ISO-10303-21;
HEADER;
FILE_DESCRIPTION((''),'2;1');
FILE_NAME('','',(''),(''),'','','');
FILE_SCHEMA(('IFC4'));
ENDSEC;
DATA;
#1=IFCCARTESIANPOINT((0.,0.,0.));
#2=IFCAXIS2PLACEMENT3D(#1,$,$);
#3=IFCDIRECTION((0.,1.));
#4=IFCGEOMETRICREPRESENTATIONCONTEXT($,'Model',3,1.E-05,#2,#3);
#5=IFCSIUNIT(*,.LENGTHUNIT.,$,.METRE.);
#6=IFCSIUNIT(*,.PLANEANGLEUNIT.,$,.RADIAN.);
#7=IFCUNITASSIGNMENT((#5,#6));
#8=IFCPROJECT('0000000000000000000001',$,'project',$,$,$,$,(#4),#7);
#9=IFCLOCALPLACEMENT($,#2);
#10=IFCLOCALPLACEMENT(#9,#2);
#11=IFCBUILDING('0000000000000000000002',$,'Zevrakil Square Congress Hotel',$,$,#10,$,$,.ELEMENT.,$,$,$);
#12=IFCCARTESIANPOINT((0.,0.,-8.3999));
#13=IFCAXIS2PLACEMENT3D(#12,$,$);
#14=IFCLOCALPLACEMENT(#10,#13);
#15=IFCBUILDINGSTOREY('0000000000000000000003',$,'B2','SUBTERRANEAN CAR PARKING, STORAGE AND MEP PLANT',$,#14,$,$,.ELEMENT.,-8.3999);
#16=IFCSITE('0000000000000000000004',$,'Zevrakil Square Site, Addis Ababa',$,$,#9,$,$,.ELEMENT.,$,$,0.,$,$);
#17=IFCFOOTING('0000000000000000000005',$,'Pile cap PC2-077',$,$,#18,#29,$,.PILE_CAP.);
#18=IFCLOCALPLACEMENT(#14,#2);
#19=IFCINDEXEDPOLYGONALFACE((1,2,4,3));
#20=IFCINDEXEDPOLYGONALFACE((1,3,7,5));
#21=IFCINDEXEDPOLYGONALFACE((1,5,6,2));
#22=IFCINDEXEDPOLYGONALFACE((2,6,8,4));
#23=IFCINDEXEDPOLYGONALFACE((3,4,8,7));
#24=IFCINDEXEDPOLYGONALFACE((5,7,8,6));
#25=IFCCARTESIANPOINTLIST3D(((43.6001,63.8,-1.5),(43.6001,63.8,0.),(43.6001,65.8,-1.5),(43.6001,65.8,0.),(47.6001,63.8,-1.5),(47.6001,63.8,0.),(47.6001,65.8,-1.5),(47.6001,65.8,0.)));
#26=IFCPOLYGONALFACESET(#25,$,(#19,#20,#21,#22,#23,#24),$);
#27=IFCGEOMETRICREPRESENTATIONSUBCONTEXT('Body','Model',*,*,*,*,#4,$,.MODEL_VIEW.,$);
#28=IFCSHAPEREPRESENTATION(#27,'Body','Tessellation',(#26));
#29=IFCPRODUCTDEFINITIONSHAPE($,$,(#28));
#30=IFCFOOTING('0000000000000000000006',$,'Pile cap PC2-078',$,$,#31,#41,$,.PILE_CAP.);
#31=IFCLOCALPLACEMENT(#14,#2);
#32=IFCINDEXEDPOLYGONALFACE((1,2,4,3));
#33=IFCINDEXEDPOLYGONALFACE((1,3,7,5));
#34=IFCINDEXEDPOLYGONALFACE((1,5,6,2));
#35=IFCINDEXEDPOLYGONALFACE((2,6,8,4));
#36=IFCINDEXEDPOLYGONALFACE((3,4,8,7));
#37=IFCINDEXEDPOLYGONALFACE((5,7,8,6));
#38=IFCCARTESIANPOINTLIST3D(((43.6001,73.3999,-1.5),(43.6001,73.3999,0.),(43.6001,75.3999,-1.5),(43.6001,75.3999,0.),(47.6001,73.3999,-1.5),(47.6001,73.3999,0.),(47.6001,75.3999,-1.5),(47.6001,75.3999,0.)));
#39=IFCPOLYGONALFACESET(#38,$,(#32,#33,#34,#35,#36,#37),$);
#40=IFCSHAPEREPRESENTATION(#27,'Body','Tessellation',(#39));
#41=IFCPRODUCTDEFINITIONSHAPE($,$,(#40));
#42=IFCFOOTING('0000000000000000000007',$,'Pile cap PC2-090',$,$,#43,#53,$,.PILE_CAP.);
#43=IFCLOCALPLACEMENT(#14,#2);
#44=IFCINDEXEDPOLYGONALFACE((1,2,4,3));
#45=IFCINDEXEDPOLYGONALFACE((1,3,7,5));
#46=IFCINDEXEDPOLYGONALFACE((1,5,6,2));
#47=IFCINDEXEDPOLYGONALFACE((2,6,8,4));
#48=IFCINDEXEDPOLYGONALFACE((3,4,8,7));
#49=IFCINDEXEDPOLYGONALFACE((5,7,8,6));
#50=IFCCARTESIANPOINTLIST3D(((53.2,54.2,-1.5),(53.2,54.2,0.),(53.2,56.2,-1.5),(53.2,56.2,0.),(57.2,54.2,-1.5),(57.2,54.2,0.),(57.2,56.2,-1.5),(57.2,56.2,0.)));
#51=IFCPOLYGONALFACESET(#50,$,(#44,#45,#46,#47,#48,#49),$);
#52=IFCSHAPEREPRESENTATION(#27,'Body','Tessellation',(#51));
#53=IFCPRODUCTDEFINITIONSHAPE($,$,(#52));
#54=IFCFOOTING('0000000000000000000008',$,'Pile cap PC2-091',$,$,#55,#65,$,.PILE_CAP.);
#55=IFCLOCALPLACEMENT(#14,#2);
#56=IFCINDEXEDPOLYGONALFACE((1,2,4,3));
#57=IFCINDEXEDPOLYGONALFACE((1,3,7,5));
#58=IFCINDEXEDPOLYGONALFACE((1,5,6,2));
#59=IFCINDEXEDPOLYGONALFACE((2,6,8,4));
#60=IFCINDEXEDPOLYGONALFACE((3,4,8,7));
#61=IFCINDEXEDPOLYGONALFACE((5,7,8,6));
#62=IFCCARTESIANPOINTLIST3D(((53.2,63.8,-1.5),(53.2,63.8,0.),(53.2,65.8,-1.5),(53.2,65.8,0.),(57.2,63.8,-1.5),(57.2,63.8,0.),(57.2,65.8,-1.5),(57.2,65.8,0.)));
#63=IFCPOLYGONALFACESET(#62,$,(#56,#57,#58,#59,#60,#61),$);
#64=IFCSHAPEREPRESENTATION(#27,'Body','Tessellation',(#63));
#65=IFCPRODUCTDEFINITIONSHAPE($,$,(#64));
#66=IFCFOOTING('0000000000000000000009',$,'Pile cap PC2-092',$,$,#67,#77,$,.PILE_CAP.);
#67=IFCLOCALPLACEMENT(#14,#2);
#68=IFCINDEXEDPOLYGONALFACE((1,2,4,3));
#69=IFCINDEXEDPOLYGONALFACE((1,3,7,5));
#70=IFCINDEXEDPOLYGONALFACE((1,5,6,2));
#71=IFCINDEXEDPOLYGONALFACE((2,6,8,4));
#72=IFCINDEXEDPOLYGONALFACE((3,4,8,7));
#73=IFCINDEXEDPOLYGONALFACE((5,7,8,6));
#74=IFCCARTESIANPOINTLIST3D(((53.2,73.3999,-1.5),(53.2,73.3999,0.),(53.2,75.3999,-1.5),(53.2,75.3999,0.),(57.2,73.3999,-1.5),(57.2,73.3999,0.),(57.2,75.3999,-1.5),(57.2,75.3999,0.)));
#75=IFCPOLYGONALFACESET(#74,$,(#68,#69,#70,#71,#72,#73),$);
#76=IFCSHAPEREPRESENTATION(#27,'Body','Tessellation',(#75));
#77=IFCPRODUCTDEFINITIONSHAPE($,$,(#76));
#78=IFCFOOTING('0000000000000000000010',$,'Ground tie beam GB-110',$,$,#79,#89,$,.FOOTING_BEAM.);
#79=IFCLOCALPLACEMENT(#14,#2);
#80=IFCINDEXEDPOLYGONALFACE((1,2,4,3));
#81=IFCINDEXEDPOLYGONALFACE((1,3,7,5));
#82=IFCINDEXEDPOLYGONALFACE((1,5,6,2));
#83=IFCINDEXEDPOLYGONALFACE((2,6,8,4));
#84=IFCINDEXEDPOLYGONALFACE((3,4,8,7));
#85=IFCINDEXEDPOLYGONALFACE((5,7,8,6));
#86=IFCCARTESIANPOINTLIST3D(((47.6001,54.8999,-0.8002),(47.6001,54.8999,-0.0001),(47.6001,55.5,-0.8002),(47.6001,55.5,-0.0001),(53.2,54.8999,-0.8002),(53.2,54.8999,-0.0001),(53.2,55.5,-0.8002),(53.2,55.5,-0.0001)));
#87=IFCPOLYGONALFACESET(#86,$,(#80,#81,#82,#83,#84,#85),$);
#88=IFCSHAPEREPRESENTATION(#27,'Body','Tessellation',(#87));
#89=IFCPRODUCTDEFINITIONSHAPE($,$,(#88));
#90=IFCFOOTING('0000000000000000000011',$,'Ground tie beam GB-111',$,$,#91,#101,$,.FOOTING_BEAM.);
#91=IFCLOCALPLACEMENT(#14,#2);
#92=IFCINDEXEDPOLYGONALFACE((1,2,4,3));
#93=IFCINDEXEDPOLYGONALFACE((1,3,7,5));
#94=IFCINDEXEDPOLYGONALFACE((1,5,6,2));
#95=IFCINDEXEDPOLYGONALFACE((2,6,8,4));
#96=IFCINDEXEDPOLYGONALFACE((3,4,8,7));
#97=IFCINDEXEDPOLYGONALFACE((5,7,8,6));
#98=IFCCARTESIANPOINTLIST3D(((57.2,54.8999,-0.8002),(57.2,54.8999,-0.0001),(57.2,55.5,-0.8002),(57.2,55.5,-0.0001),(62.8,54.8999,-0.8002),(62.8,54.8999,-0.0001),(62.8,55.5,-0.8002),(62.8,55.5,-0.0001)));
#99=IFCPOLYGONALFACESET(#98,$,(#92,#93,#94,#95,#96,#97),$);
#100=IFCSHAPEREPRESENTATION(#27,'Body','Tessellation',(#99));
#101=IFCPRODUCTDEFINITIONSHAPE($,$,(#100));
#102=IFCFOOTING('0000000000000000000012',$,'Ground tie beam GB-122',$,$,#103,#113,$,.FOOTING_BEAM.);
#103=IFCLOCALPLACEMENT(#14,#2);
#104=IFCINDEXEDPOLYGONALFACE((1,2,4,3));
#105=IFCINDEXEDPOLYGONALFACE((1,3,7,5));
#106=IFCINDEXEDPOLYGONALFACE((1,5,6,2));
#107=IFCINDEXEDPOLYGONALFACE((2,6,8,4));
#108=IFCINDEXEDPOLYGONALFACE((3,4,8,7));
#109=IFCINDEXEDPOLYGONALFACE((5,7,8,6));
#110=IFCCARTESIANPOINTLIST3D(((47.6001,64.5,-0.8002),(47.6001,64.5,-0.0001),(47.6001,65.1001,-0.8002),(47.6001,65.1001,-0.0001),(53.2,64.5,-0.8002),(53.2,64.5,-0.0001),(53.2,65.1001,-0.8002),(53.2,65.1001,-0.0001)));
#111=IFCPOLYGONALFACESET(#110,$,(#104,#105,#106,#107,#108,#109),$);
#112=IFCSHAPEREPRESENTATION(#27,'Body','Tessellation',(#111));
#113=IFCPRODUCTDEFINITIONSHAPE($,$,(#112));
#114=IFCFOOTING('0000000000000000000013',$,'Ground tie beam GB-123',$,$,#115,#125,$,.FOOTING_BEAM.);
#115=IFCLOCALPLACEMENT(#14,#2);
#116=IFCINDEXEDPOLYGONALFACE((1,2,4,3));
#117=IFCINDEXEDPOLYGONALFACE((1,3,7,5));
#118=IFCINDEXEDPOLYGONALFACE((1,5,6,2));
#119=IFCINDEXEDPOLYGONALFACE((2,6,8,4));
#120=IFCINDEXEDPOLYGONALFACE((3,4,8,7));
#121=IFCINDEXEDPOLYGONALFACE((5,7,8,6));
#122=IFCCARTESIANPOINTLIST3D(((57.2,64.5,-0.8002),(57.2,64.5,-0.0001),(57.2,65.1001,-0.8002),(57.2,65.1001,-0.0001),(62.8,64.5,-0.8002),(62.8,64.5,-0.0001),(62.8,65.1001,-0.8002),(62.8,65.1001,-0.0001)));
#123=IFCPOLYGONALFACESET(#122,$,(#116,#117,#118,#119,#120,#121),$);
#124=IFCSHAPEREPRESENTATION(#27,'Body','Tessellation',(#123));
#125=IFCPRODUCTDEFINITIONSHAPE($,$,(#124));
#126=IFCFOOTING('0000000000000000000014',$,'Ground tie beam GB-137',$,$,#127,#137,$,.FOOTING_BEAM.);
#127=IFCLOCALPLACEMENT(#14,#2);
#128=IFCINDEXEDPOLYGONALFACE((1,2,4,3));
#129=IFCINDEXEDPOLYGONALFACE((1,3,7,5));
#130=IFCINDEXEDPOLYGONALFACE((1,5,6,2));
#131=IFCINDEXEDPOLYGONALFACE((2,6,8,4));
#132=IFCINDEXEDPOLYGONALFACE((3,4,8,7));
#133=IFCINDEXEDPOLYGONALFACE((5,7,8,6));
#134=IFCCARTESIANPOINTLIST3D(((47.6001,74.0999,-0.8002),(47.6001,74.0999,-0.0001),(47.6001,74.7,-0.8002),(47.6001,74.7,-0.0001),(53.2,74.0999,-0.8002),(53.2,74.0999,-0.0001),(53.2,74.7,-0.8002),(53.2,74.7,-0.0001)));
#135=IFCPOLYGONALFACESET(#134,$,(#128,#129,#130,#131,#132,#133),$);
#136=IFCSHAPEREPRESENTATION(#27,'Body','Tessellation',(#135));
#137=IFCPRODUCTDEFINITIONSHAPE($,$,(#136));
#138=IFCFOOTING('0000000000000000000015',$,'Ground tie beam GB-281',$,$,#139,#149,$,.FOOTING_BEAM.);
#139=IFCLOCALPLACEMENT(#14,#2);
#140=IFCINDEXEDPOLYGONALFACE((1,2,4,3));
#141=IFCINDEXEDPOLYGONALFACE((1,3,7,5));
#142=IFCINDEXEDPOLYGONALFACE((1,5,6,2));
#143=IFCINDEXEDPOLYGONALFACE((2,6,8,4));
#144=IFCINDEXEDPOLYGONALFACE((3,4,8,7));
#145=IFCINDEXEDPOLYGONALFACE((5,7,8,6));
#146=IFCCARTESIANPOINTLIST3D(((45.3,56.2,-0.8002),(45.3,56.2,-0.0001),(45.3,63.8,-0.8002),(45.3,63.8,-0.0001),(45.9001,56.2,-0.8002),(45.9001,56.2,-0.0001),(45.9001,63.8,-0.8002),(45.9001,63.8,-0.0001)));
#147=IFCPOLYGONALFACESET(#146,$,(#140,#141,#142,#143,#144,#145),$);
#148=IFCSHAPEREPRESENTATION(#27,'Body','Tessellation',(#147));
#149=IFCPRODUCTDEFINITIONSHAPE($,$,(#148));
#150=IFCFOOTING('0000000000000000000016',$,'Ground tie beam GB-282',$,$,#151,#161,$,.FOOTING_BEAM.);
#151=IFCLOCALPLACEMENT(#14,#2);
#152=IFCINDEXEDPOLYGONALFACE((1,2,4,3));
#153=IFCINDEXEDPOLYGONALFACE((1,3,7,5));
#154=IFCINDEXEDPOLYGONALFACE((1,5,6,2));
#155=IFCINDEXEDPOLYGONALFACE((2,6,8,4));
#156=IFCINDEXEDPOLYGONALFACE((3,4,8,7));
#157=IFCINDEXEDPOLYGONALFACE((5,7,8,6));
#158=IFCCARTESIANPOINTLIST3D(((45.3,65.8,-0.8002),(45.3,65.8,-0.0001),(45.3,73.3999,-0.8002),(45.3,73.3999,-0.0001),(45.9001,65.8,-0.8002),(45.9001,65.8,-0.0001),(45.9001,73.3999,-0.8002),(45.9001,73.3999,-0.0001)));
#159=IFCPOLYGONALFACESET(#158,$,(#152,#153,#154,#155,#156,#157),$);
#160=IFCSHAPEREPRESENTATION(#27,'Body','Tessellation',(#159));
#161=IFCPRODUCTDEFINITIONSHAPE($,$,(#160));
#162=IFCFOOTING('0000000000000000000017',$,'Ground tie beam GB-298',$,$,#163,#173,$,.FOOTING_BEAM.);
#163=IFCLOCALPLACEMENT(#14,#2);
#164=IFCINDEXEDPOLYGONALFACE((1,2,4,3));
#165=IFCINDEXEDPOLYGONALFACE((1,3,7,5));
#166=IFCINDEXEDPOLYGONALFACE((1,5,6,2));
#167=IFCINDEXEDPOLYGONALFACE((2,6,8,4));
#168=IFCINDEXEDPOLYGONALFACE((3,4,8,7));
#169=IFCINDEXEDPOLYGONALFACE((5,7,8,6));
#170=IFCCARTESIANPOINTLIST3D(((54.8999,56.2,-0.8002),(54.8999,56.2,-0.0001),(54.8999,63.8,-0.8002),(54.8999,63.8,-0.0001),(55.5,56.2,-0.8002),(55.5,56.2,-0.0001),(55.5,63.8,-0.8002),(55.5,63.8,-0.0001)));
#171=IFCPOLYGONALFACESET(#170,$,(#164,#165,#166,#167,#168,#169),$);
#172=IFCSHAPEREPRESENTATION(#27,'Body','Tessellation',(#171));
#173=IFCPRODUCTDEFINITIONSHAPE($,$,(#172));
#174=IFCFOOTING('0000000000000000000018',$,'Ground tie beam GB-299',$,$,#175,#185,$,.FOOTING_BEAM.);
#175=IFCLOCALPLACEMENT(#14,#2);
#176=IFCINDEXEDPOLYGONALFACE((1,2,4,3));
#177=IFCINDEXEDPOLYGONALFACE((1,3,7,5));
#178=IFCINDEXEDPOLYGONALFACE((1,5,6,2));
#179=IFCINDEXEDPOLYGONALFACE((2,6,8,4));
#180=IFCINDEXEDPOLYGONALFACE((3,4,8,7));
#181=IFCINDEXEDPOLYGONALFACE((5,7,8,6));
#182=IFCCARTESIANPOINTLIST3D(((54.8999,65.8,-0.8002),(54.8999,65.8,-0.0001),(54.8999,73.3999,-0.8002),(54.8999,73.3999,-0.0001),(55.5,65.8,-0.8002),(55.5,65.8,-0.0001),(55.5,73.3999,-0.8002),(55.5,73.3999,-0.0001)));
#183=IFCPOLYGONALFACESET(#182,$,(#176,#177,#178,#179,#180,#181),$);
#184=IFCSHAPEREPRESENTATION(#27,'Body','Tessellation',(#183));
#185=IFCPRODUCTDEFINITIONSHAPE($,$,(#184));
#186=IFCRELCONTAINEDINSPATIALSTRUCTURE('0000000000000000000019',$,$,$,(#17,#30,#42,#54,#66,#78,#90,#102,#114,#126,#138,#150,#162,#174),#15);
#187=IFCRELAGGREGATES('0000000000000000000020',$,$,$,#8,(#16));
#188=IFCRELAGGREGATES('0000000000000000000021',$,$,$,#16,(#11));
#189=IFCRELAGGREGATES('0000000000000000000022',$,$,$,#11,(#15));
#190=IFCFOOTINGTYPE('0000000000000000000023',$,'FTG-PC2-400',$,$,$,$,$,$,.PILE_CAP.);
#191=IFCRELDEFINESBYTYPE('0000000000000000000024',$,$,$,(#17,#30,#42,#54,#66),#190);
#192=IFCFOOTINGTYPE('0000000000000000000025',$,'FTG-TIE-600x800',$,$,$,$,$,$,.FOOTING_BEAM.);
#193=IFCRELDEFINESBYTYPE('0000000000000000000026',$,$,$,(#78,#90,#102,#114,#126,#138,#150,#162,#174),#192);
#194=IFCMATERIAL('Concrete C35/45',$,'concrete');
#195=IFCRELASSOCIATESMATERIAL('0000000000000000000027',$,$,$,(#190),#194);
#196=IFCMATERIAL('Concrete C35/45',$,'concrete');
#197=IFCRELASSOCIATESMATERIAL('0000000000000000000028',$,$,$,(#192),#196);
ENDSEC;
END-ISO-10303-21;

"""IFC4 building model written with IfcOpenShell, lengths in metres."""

from ifc_helpers import new_model, si_unit, direction, frame, origin, origin_2d, place, context, subcontext, project, spatial, rectangle, extrude, material, material_profile, profile_set, type_object, element, save


model = new_model("IFC4")

# Units and contexts
model_context = context("Model", 3, precision=1e-05, world=origin(), true_north=direction((0.0, 1.0)))
body_context = subcontext(model_context, "Body", "Model", "MODEL_VIEW")
ifc_project = project(units=[si_unit("LENGTHUNIT", "METRE"), si_unit("PLANEANGLEUNIT", "RADIAN")], contexts=[model_context])

# Site, building, storey
site_placement = place(None, origin())
site = spatial("IfcSite", under=ifc_project, at=site_placement, Name="Zevrakil Square Site, Addis Ababa", CompositionType="ELEMENT", RefElevation=0.0)
building_placement = place(site_placement, origin())
building = spatial("IfcBuilding", under=site, at=building_placement, Name="Zevrakil Square Congress Hotel", CompositionType="ELEMENT")
storey_placement = place(building_placement, frame((0.0, 0.0, -8.3999)))
storey = spatial("IfcBuildingStorey", under=building, at=storey_placement, Name="B2", Description="SUBTERRANEAN CAR PARKING, STORAGE AND MEP PLANT", CompositionType="ELEMENT", Elevation=-8.3999)

# Footings
ifc_material_1 = material(Name="Concrete C35/45", Category="concrete")
footing_type_1 = type_object("IfcFootingType", Name="FTG-PC2-400", PredefinedType="PILE_CAP", material=ifc_material_1)
for number, where, z_axis, x_axis, name in (
    (1, (45.6001, 64.8, -1.5), (0.0, 0.0, 1.0), (1.0, 0.0, 0.0), "Pile cap PC2-077"),
    (2, (45.6001, 74.3999, -1.5), (0.0, 0.0, 1.0), (1.0, 0.0, 0.0), "Pile cap PC2-078"),
    (3, (55.2, 55.2, -1.5), (0.0, 0.0, 1.0), (1.0, 0.0, 0.0), "Pile cap PC2-090"),
    (4, (55.2, 64.8, -1.5), (0.0, 0.0, 1.0), (1.0, 0.0, 0.0), "Pile cap PC2-091"),
    (5, (55.2, 74.3999, -1.5), (0.0, 0.0, 1.0), (1.0, 0.0, 0.0), "Pile cap PC2-092"),
):
    element("IfcFooting", number, at=place(storey_placement, frame(where, z_axis=z_axis, x_axis=x_axis)), inside=storey, type_object=footing_type_1, Name=name, PredefinedType="PILE_CAP", context=body_context, shape_type="SweptSolid", body=[
        extrude(rectangle(XDim=4.0, YDim=2.0, at=origin_2d()), origin(), (0.0, 0.0, 1.0), 1.5),
    ])
ifc_material_2 = material(Name="Concrete C35/45", Category="concrete")
ifc_material_profile_1 = material_profile(ifc_material_2, rectangle(XDim=0.6001, YDim=0.8, at=origin_2d()), Name="RC 600x800")
ifc_profile_set_1 = profile_set([ifc_material_profile_1], Name="Concrete C35/45")
footing_type_2 = type_object("IfcFootingType", Name="FTG-TIE-600x800", PredefinedType="FOOTING_BEAM", material=ifc_profile_set_1)
footing_1_placement = place(storey_placement, frame((47.6001, 55.2, -0.4001), z_axis=(1.0, 0.0, 0.0), x_axis=(0.0, 1.0, 0.0)))
element("IfcFooting", 6, at=footing_1_placement, inside=storey, type_object=footing_type_2, Name="Ground tie beam GB-110", PredefinedType="FOOTING_BEAM", context=body_context, shape_type="SweptSolid", body=[
    extrude(rectangle(XDim=0.6001, YDim=0.8, at=origin_2d()), origin(), (0.0, 0.0, 1.0), 5.5999),
])
footing_2_placement = place(storey_placement, frame((57.2, 55.2, -0.4001), z_axis=(1.0, 0.0, 0.0), x_axis=(0.0, 1.0, 0.0)))
element("IfcFooting", 7, at=footing_2_placement, inside=storey, type_object=footing_type_2, Name="Ground tie beam GB-111", PredefinedType="FOOTING_BEAM", context=body_context, shape_type="SweptSolid", body=[
    extrude(rectangle(XDim=0.6001, YDim=0.8, at=origin_2d()), origin(), (0.0, 0.0, 1.0), 5.6001),
])
footing_3_placement = place(storey_placement, frame((47.6001, 64.8, -0.4001), z_axis=(1.0, 0.0, 0.0), x_axis=(0.0, 1.0, 0.0)))
element("IfcFooting", 8, at=footing_3_placement, inside=storey, type_object=footing_type_2, Name="Ground tie beam GB-122", PredefinedType="FOOTING_BEAM", context=body_context, shape_type="SweptSolid", body=[
    extrude(rectangle(XDim=0.6001, YDim=0.8, at=origin_2d()), origin(), (0.0, 0.0, 1.0), 5.5999),
])
footing_4_placement = place(storey_placement, frame((57.2, 64.8, -0.4001), z_axis=(1.0, 0.0, 0.0), x_axis=(0.0, 1.0, 0.0)))
element("IfcFooting", 9, at=footing_4_placement, inside=storey, type_object=footing_type_2, Name="Ground tie beam GB-123", PredefinedType="FOOTING_BEAM", context=body_context, shape_type="SweptSolid", body=[
    extrude(rectangle(XDim=0.6001, YDim=0.8, at=origin_2d()), origin(), (0.0, 0.0, 1.0), 5.6001),
])
footing_5_placement = place(storey_placement, frame((47.6001, 74.3999, -0.4001), z_axis=(1.0, 0.0, 0.0), x_axis=(0.0, 1.0, 0.0)))
element("IfcFooting", 10, at=footing_5_placement, inside=storey, type_object=footing_type_2, Name="Ground tie beam GB-137", PredefinedType="FOOTING_BEAM", context=body_context, shape_type="SweptSolid", body=[
    extrude(rectangle(XDim=0.6001, YDim=0.8, at=origin_2d()), origin(), (0.0, 0.0, 1.0), 5.5999),
])
footing_6_placement = place(storey_placement, frame((45.6001, 56.2, -0.4001), z_axis=(0.0, 1.0, 0.0), x_axis=(-1.0, 0.0, 0.0)))
element("IfcFooting", 11, at=footing_6_placement, inside=storey, type_object=footing_type_2, Name="Ground tie beam GB-281", PredefinedType="FOOTING_BEAM", context=body_context, shape_type="SweptSolid", body=[
    extrude(rectangle(XDim=0.6001, YDim=0.8, at=origin_2d()), origin(), (0.0, 0.0, 1.0), 7.6001),
])
footing_7_placement = place(storey_placement, frame((45.6001, 65.8, -0.4001), z_axis=(0.0, 1.0, 0.0), x_axis=(-1.0, 0.0, 0.0)))
element("IfcFooting", 12, at=footing_7_placement, inside=storey, type_object=footing_type_2, Name="Ground tie beam GB-282", PredefinedType="FOOTING_BEAM", context=body_context, shape_type="SweptSolid", body=[
    extrude(rectangle(XDim=0.6001, YDim=0.8, at=origin_2d()), origin(), (0.0, 0.0, 1.0), 7.5999),
])
footing_8_placement = place(storey_placement, frame((55.2, 56.2, -0.4001), z_axis=(0.0, 1.0, 0.0), x_axis=(-1.0, 0.0, 0.0)))
element("IfcFooting", 13, at=footing_8_placement, inside=storey, type_object=footing_type_2, Name="Ground tie beam GB-298", PredefinedType="FOOTING_BEAM", context=body_context, shape_type="SweptSolid", body=[
    extrude(rectangle(XDim=0.6001, YDim=0.8, at=origin_2d()), origin(), (0.0, 0.0, 1.0), 7.6001),
])
footing_9_placement = place(storey_placement, frame((55.2, 65.8, -0.4001), z_axis=(0.0, 1.0, 0.0), x_axis=(-1.0, 0.0, 0.0)))
element("IfcFooting", 14, at=footing_9_placement, inside=storey, type_object=footing_type_2, Name="Ground tie beam GB-299", PredefinedType="FOOTING_BEAM", context=body_context, shape_type="SweptSolid", body=[
    extrude(rectangle(XDim=0.6001, YDim=0.8, at=origin_2d()), origin(), (0.0, 0.0, 1.0), 7.5999),
])

save(model, "model.ifc")
